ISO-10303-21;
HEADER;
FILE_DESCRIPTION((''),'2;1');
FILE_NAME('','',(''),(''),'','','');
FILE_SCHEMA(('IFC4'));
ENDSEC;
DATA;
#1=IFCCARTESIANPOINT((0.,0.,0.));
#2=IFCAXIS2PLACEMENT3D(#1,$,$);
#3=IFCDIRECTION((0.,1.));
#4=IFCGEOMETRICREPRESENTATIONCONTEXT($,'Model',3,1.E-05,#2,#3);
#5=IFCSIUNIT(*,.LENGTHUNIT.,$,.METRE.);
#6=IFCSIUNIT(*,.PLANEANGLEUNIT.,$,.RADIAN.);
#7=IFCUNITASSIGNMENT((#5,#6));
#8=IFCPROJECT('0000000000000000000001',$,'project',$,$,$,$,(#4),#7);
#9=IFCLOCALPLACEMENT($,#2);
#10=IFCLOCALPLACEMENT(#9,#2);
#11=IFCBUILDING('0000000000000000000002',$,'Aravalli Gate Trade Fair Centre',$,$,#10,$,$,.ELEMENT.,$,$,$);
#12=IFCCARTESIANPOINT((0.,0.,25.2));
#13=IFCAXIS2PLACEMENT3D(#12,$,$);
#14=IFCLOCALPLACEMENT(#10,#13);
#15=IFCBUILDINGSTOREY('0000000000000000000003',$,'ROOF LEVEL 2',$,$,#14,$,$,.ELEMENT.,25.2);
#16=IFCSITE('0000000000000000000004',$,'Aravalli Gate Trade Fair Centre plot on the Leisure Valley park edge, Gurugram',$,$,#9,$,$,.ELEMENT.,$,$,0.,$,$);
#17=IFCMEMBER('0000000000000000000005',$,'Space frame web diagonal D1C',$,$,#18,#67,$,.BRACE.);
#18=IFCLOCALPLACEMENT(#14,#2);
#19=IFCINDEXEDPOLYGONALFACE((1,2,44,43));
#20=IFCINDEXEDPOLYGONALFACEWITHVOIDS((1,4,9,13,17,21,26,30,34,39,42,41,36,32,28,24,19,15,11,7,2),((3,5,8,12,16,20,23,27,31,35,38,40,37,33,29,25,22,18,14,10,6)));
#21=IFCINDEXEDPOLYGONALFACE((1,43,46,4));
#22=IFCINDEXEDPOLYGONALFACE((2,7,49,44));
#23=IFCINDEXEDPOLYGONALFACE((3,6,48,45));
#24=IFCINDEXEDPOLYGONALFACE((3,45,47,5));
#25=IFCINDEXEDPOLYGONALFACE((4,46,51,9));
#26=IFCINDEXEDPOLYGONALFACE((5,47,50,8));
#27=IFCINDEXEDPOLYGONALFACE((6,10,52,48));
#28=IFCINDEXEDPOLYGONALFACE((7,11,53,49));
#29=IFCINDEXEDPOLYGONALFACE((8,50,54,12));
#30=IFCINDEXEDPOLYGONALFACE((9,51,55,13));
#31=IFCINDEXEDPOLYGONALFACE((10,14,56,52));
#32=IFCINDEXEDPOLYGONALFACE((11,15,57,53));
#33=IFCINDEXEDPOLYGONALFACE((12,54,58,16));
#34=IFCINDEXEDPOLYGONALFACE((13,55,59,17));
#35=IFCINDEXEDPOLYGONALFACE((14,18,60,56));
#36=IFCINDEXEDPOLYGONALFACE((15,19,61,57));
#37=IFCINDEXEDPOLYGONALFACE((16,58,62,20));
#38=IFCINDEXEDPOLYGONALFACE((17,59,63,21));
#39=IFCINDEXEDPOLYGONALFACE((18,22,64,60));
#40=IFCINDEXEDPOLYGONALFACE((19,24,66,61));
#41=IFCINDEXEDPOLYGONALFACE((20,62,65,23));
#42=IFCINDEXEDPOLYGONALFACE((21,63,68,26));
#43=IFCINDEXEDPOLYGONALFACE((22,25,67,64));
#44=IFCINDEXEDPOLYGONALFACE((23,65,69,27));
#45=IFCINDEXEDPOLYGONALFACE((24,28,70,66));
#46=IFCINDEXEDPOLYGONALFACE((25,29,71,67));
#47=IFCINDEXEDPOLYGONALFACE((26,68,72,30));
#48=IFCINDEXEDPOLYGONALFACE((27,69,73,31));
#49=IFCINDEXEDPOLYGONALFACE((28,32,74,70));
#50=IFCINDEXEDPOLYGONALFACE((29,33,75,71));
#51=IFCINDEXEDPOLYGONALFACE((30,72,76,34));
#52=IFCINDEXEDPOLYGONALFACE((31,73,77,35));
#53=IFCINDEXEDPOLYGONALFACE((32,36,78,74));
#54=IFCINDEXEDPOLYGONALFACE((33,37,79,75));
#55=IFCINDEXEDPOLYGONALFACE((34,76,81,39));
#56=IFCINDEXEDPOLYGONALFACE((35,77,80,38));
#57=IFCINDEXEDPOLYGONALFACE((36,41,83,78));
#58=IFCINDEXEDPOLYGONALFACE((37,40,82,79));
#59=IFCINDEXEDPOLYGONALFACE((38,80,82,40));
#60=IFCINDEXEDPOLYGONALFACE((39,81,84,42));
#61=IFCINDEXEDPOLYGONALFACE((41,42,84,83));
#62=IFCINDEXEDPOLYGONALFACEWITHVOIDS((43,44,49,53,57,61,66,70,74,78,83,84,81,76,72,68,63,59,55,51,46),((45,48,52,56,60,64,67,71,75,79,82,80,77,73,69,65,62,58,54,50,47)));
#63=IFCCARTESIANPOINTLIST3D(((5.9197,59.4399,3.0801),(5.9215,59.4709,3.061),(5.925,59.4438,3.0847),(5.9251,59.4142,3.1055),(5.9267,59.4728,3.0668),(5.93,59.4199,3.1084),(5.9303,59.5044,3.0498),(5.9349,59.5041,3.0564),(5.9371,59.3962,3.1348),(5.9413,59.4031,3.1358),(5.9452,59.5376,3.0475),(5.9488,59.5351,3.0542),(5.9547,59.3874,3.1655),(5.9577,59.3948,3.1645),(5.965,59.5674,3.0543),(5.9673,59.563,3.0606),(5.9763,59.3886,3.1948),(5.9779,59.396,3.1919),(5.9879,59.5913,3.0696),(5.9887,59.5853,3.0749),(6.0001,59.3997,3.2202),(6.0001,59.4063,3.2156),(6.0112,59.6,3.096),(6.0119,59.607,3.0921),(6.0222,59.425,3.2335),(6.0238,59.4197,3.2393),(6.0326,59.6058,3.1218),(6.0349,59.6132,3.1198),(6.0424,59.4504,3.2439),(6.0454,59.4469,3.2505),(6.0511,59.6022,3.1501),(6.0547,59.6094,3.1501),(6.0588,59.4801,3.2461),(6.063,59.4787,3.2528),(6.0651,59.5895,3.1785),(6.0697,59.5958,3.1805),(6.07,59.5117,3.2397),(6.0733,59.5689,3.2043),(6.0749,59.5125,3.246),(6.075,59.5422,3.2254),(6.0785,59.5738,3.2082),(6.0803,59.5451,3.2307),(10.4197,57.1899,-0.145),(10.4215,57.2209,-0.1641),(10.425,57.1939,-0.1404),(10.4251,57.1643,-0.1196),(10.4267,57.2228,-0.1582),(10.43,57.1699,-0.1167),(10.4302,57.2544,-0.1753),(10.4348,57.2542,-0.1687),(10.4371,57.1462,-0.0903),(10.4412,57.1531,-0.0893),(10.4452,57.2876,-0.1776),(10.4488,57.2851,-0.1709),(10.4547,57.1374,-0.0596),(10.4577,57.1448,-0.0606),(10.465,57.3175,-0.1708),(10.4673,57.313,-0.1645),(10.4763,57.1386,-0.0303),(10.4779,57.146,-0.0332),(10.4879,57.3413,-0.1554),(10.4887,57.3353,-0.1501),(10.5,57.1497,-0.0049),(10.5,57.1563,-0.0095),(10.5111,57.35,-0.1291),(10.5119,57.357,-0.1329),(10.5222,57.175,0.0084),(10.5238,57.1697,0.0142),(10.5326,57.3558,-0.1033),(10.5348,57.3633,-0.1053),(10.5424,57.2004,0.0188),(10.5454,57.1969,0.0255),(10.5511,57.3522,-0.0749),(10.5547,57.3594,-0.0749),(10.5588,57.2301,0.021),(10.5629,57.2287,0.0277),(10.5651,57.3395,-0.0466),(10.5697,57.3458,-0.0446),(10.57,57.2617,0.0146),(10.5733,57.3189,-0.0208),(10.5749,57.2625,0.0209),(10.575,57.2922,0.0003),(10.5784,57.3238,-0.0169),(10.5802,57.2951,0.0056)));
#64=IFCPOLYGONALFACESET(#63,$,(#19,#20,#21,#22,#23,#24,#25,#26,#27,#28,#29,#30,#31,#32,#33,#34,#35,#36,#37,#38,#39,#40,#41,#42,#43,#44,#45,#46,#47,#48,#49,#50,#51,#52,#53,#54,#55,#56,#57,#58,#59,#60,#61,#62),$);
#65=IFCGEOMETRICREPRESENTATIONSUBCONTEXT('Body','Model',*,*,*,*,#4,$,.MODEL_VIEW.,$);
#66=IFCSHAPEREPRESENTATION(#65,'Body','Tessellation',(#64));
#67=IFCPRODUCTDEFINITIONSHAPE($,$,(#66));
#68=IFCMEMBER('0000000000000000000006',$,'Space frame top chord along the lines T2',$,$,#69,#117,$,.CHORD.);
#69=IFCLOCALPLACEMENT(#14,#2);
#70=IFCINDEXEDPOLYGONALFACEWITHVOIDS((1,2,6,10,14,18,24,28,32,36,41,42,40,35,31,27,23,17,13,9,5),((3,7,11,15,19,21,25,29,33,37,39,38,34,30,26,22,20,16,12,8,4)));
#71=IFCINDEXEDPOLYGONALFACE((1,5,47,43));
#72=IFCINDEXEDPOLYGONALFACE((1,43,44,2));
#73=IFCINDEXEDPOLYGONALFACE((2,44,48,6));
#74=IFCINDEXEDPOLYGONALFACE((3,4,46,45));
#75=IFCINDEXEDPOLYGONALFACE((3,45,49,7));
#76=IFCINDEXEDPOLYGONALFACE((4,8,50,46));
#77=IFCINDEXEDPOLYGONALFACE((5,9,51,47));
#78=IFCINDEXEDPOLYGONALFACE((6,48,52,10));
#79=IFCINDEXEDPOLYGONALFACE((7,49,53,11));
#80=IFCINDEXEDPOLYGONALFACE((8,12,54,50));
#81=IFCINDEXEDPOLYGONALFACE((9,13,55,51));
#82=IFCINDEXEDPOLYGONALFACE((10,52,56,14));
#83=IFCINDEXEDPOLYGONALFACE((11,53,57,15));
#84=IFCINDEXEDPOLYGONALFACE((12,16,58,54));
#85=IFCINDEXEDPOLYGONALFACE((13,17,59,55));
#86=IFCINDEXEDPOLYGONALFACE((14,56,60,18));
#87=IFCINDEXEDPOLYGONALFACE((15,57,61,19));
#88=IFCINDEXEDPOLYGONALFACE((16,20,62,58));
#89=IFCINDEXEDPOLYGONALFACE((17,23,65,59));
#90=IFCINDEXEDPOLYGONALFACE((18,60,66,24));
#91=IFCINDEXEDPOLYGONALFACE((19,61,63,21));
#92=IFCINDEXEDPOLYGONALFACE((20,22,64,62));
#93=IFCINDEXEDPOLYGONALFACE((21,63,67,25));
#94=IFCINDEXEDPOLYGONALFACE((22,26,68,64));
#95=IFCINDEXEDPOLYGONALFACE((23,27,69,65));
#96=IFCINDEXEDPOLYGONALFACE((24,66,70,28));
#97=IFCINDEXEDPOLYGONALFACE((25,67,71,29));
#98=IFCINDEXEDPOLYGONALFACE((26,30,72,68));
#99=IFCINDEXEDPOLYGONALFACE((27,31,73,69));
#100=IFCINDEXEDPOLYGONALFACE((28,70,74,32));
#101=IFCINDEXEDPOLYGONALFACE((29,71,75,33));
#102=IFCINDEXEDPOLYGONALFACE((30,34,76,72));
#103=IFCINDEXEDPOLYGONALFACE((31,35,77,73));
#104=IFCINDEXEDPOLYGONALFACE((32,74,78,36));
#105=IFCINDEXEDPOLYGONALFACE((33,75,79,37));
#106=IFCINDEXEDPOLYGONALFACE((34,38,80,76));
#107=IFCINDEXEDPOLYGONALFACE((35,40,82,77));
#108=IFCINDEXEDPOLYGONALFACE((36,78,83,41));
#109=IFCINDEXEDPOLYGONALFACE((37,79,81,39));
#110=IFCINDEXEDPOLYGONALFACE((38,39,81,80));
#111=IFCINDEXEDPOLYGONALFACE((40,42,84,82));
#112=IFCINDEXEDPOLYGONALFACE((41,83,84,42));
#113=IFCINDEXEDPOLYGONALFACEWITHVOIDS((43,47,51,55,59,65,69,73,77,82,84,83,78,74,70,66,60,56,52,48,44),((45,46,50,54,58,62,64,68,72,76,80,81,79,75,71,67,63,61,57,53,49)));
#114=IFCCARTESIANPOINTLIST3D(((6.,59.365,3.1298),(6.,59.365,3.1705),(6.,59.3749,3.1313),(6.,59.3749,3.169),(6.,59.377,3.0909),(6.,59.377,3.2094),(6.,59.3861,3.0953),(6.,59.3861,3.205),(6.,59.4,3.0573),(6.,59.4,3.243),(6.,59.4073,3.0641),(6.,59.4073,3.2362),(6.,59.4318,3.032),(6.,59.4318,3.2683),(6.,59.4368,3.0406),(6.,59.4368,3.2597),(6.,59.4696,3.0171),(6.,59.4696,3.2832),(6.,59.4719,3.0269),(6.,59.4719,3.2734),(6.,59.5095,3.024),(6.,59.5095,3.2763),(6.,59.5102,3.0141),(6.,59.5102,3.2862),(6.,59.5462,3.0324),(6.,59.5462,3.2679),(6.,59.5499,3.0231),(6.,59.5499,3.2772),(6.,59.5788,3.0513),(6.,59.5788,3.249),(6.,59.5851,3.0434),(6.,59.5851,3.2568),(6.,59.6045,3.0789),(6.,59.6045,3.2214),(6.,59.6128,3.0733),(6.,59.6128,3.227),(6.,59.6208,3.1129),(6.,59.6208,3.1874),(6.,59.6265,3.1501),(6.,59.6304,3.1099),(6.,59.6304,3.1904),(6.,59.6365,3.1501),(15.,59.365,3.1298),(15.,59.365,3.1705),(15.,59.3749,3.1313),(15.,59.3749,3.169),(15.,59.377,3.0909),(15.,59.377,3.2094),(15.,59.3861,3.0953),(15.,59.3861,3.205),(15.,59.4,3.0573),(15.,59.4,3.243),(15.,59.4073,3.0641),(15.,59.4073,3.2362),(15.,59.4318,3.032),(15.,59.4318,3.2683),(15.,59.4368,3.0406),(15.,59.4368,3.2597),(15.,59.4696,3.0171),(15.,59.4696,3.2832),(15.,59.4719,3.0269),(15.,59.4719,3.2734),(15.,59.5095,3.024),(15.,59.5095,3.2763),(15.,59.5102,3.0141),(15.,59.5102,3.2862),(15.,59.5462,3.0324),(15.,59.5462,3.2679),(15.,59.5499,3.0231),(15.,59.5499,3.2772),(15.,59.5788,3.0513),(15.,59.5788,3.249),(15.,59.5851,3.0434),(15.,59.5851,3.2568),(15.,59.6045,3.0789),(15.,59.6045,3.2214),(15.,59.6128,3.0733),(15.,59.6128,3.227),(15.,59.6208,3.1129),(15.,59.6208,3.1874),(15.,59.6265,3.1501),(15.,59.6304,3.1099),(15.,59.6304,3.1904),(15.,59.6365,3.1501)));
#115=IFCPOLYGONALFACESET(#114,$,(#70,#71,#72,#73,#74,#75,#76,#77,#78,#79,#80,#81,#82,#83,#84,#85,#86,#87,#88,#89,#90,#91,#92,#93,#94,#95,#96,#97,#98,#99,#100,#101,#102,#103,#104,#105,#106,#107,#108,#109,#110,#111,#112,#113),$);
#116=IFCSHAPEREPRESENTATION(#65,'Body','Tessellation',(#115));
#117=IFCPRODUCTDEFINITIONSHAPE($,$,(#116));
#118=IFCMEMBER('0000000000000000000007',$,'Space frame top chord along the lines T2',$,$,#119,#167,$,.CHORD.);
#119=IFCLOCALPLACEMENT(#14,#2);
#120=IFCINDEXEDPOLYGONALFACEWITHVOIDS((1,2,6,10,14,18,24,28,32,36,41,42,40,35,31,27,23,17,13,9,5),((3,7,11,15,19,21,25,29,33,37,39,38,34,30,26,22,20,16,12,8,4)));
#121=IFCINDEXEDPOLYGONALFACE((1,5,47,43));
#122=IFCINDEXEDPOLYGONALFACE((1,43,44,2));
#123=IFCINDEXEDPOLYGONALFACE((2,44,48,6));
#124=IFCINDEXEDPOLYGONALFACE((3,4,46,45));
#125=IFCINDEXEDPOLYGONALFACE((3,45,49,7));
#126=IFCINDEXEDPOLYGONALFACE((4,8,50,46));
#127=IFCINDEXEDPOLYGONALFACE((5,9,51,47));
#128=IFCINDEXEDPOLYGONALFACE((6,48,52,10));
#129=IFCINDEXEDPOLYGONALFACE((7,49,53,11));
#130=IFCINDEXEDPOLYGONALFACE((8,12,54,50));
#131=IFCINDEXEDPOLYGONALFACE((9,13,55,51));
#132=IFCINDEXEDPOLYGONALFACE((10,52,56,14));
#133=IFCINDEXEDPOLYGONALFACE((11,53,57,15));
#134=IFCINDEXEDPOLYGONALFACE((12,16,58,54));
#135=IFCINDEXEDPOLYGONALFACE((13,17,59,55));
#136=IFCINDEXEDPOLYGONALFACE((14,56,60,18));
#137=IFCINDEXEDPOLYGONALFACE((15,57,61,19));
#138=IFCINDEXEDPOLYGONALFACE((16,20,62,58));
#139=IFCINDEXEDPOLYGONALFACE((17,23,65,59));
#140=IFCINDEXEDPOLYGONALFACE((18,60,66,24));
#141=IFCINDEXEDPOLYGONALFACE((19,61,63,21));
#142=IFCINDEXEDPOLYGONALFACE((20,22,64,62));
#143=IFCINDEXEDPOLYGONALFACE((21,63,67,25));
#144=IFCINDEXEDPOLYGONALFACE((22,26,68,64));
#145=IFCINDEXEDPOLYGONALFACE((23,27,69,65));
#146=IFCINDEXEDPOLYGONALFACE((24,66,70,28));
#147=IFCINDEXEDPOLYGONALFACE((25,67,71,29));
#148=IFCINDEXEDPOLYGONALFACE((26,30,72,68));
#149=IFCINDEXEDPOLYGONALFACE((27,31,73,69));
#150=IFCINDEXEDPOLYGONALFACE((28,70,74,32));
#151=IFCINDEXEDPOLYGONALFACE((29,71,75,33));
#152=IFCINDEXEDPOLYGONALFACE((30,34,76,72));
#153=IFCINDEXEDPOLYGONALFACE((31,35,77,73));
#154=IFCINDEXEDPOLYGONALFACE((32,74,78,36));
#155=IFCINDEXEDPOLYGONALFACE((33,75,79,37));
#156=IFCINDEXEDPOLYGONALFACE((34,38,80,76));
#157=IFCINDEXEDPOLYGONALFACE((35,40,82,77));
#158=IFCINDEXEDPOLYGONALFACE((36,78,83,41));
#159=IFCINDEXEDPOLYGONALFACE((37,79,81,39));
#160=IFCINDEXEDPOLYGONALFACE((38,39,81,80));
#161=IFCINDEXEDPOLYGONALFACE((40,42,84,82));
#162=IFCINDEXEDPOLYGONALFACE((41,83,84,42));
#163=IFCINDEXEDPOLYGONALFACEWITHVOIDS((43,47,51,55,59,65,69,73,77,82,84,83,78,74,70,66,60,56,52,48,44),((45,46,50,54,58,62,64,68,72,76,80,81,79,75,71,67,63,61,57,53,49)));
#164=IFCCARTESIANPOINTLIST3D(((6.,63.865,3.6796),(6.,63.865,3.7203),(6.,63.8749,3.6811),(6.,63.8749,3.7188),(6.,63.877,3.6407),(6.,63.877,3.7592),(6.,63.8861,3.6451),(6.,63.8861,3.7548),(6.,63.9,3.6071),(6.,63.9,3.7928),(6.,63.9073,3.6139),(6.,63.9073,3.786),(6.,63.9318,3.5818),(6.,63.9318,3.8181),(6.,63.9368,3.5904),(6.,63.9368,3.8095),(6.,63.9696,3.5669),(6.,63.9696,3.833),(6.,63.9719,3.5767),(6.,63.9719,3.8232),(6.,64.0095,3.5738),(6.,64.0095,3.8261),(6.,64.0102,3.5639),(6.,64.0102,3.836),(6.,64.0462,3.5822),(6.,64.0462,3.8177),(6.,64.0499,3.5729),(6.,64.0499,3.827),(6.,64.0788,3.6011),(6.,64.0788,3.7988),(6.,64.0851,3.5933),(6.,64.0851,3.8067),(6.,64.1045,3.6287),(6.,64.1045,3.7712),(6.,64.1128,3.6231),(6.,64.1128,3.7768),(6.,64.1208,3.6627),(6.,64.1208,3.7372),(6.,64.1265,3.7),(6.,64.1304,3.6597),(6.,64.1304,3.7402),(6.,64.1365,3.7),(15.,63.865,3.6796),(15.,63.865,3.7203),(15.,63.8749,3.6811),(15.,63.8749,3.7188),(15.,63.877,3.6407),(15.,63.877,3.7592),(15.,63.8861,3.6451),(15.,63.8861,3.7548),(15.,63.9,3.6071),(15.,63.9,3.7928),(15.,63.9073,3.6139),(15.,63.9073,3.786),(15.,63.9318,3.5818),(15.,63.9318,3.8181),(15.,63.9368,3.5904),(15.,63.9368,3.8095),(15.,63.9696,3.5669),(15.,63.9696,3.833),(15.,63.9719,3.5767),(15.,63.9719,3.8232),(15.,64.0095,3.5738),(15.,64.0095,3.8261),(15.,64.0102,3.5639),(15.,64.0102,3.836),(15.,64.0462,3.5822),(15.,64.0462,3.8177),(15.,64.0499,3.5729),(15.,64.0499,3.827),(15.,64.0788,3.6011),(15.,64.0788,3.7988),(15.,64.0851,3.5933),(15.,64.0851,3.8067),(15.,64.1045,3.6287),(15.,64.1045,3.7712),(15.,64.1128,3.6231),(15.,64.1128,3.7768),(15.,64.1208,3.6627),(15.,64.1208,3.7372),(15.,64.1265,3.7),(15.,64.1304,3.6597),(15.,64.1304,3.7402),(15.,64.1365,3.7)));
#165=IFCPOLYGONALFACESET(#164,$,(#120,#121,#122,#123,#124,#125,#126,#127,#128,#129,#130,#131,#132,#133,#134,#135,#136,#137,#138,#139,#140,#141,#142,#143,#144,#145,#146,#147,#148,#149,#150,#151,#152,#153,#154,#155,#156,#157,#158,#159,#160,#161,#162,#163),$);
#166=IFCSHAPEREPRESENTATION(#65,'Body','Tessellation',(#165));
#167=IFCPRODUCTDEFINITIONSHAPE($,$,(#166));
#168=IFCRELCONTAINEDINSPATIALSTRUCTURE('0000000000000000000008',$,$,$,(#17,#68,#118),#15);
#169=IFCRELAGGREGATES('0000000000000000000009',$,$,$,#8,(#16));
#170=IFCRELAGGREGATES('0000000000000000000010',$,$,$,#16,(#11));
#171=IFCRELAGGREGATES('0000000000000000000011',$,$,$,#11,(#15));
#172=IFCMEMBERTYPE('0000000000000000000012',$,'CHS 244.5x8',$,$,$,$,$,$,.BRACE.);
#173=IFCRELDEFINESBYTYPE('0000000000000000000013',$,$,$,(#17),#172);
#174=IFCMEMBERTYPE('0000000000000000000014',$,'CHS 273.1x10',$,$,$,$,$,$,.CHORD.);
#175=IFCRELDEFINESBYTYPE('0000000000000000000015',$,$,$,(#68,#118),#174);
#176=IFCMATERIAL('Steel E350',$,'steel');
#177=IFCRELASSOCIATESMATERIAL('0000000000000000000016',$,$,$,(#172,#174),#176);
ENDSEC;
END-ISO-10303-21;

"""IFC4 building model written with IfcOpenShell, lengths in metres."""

from ifc_helpers import new_model, si_unit, direction, frame, origin, origin_2d, place, context, subcontext, project, spatial, hollow_circle, extrude, material, material_profile, profile_set, type_object, element, save


model = new_model("IFC4")

# Units and contexts
model_context = context("Model", 3, precision=1e-05, world=origin(), true_north=direction((0.0, 1.0)))
body_context = subcontext(model_context, "Body", "Model", "MODEL_VIEW")
ifc_project = project(units=[si_unit("LENGTHUNIT", "METRE"), si_unit("PLANEANGLEUNIT", "RADIAN")], contexts=[model_context])

# Site, building, storey
site_placement = place(None, origin())
site = spatial("IfcSite", under=ifc_project, at=site_placement, Name="Aravalli Gate Trade Fair Centre plot on the Leisure Valley park edge, Gurugram", CompositionType="ELEMENT", RefElevation=0.0)
building_placement = place(site_placement, origin())
building = spatial("IfcBuilding", under=site, at=building_placement, Name="Aravalli Gate Trade Fair Centre", CompositionType="ELEMENT")
storey_placement = place(building_placement, frame((0.0, 0.0, 25.2)))
storey = spatial("IfcBuildingStorey", under=building, at=storey_placement, Name="ROOF LEVEL 2", CompositionType="ELEMENT", Elevation=25.2)

# Members
ifc_material_1 = material(Name="Steel E350", Category="steel")
ifc_material_profile_1 = material_profile(ifc_material_1, hollow_circle(Radius=0.1223, WallThickness=0.0081, at=origin_2d()), Name="CHS 244.5x8")
ifc_profile_set_1 = profile_set([ifc_material_profile_1], Name="Steel E350")
member_type_1 = type_object("IfcMemberType", Name="CHS 244.5x8", PredefinedType="BRACE", material=ifc_profile_set_1)
member_1_placement = place(storey_placement, frame((6.0, 59.5, 3.1501), z_axis=(0.753, -0.3765, -0.539666), x_axis=(0.447214, 0.894427, 0.0)))
element("IfcMember", 1, at=member_1_placement, inside=storey, type_object=member_type_1, Name="Space frame web diagonal D1C", PredefinedType="BRACE", context=body_context, shape_type="SweptSolid", body=[
    extrude(hollow_circle(Radius=0.1223, WallThickness=0.0081, at=origin_2d()), origin(), (0.0, 0.0, 1.0), 5.9761),
])
ifc_material_profile_2 = material_profile(ifc_material_1, hollow_circle(Radius=0.1365, WallThickness=0.01, at=origin_2d()), Name="CHS 273.1x10")
ifc_profile_set_2 = profile_set([ifc_material_profile_2], Name="Steel E350")
member_type_2 = type_object("IfcMemberType", Name="CHS 273.1x10", PredefinedType="CHORD", material=ifc_profile_set_2)
for number, where, z_axis, x_axis, name in (
    (2, (6.0, 59.5, 3.1501), (1.0, 0.0, 0.0), (0.0, 1.0, 0.0), "Space frame top chord along the lines T2"),
    (3, (6.0, 64.0, 3.7), (1.0, 0.0, 0.0), (0.0, 1.0, 0.0), "Space frame top chord along the lines T2"),
):
    element("IfcMember", number, at=place(storey_placement, frame(where, z_axis=z_axis, x_axis=x_axis)), inside=storey, type_object=member_type_2, Name=name, PredefinedType="CHORD", context=body_context, shape_type="SweptSolid", body=[
        extrude(hollow_circle(Radius=0.1365, WallThickness=0.01, at=origin_2d()), origin(), (0.0, 0.0, 1.0), 9.0),
    ])

save(model, "model.ifc")
